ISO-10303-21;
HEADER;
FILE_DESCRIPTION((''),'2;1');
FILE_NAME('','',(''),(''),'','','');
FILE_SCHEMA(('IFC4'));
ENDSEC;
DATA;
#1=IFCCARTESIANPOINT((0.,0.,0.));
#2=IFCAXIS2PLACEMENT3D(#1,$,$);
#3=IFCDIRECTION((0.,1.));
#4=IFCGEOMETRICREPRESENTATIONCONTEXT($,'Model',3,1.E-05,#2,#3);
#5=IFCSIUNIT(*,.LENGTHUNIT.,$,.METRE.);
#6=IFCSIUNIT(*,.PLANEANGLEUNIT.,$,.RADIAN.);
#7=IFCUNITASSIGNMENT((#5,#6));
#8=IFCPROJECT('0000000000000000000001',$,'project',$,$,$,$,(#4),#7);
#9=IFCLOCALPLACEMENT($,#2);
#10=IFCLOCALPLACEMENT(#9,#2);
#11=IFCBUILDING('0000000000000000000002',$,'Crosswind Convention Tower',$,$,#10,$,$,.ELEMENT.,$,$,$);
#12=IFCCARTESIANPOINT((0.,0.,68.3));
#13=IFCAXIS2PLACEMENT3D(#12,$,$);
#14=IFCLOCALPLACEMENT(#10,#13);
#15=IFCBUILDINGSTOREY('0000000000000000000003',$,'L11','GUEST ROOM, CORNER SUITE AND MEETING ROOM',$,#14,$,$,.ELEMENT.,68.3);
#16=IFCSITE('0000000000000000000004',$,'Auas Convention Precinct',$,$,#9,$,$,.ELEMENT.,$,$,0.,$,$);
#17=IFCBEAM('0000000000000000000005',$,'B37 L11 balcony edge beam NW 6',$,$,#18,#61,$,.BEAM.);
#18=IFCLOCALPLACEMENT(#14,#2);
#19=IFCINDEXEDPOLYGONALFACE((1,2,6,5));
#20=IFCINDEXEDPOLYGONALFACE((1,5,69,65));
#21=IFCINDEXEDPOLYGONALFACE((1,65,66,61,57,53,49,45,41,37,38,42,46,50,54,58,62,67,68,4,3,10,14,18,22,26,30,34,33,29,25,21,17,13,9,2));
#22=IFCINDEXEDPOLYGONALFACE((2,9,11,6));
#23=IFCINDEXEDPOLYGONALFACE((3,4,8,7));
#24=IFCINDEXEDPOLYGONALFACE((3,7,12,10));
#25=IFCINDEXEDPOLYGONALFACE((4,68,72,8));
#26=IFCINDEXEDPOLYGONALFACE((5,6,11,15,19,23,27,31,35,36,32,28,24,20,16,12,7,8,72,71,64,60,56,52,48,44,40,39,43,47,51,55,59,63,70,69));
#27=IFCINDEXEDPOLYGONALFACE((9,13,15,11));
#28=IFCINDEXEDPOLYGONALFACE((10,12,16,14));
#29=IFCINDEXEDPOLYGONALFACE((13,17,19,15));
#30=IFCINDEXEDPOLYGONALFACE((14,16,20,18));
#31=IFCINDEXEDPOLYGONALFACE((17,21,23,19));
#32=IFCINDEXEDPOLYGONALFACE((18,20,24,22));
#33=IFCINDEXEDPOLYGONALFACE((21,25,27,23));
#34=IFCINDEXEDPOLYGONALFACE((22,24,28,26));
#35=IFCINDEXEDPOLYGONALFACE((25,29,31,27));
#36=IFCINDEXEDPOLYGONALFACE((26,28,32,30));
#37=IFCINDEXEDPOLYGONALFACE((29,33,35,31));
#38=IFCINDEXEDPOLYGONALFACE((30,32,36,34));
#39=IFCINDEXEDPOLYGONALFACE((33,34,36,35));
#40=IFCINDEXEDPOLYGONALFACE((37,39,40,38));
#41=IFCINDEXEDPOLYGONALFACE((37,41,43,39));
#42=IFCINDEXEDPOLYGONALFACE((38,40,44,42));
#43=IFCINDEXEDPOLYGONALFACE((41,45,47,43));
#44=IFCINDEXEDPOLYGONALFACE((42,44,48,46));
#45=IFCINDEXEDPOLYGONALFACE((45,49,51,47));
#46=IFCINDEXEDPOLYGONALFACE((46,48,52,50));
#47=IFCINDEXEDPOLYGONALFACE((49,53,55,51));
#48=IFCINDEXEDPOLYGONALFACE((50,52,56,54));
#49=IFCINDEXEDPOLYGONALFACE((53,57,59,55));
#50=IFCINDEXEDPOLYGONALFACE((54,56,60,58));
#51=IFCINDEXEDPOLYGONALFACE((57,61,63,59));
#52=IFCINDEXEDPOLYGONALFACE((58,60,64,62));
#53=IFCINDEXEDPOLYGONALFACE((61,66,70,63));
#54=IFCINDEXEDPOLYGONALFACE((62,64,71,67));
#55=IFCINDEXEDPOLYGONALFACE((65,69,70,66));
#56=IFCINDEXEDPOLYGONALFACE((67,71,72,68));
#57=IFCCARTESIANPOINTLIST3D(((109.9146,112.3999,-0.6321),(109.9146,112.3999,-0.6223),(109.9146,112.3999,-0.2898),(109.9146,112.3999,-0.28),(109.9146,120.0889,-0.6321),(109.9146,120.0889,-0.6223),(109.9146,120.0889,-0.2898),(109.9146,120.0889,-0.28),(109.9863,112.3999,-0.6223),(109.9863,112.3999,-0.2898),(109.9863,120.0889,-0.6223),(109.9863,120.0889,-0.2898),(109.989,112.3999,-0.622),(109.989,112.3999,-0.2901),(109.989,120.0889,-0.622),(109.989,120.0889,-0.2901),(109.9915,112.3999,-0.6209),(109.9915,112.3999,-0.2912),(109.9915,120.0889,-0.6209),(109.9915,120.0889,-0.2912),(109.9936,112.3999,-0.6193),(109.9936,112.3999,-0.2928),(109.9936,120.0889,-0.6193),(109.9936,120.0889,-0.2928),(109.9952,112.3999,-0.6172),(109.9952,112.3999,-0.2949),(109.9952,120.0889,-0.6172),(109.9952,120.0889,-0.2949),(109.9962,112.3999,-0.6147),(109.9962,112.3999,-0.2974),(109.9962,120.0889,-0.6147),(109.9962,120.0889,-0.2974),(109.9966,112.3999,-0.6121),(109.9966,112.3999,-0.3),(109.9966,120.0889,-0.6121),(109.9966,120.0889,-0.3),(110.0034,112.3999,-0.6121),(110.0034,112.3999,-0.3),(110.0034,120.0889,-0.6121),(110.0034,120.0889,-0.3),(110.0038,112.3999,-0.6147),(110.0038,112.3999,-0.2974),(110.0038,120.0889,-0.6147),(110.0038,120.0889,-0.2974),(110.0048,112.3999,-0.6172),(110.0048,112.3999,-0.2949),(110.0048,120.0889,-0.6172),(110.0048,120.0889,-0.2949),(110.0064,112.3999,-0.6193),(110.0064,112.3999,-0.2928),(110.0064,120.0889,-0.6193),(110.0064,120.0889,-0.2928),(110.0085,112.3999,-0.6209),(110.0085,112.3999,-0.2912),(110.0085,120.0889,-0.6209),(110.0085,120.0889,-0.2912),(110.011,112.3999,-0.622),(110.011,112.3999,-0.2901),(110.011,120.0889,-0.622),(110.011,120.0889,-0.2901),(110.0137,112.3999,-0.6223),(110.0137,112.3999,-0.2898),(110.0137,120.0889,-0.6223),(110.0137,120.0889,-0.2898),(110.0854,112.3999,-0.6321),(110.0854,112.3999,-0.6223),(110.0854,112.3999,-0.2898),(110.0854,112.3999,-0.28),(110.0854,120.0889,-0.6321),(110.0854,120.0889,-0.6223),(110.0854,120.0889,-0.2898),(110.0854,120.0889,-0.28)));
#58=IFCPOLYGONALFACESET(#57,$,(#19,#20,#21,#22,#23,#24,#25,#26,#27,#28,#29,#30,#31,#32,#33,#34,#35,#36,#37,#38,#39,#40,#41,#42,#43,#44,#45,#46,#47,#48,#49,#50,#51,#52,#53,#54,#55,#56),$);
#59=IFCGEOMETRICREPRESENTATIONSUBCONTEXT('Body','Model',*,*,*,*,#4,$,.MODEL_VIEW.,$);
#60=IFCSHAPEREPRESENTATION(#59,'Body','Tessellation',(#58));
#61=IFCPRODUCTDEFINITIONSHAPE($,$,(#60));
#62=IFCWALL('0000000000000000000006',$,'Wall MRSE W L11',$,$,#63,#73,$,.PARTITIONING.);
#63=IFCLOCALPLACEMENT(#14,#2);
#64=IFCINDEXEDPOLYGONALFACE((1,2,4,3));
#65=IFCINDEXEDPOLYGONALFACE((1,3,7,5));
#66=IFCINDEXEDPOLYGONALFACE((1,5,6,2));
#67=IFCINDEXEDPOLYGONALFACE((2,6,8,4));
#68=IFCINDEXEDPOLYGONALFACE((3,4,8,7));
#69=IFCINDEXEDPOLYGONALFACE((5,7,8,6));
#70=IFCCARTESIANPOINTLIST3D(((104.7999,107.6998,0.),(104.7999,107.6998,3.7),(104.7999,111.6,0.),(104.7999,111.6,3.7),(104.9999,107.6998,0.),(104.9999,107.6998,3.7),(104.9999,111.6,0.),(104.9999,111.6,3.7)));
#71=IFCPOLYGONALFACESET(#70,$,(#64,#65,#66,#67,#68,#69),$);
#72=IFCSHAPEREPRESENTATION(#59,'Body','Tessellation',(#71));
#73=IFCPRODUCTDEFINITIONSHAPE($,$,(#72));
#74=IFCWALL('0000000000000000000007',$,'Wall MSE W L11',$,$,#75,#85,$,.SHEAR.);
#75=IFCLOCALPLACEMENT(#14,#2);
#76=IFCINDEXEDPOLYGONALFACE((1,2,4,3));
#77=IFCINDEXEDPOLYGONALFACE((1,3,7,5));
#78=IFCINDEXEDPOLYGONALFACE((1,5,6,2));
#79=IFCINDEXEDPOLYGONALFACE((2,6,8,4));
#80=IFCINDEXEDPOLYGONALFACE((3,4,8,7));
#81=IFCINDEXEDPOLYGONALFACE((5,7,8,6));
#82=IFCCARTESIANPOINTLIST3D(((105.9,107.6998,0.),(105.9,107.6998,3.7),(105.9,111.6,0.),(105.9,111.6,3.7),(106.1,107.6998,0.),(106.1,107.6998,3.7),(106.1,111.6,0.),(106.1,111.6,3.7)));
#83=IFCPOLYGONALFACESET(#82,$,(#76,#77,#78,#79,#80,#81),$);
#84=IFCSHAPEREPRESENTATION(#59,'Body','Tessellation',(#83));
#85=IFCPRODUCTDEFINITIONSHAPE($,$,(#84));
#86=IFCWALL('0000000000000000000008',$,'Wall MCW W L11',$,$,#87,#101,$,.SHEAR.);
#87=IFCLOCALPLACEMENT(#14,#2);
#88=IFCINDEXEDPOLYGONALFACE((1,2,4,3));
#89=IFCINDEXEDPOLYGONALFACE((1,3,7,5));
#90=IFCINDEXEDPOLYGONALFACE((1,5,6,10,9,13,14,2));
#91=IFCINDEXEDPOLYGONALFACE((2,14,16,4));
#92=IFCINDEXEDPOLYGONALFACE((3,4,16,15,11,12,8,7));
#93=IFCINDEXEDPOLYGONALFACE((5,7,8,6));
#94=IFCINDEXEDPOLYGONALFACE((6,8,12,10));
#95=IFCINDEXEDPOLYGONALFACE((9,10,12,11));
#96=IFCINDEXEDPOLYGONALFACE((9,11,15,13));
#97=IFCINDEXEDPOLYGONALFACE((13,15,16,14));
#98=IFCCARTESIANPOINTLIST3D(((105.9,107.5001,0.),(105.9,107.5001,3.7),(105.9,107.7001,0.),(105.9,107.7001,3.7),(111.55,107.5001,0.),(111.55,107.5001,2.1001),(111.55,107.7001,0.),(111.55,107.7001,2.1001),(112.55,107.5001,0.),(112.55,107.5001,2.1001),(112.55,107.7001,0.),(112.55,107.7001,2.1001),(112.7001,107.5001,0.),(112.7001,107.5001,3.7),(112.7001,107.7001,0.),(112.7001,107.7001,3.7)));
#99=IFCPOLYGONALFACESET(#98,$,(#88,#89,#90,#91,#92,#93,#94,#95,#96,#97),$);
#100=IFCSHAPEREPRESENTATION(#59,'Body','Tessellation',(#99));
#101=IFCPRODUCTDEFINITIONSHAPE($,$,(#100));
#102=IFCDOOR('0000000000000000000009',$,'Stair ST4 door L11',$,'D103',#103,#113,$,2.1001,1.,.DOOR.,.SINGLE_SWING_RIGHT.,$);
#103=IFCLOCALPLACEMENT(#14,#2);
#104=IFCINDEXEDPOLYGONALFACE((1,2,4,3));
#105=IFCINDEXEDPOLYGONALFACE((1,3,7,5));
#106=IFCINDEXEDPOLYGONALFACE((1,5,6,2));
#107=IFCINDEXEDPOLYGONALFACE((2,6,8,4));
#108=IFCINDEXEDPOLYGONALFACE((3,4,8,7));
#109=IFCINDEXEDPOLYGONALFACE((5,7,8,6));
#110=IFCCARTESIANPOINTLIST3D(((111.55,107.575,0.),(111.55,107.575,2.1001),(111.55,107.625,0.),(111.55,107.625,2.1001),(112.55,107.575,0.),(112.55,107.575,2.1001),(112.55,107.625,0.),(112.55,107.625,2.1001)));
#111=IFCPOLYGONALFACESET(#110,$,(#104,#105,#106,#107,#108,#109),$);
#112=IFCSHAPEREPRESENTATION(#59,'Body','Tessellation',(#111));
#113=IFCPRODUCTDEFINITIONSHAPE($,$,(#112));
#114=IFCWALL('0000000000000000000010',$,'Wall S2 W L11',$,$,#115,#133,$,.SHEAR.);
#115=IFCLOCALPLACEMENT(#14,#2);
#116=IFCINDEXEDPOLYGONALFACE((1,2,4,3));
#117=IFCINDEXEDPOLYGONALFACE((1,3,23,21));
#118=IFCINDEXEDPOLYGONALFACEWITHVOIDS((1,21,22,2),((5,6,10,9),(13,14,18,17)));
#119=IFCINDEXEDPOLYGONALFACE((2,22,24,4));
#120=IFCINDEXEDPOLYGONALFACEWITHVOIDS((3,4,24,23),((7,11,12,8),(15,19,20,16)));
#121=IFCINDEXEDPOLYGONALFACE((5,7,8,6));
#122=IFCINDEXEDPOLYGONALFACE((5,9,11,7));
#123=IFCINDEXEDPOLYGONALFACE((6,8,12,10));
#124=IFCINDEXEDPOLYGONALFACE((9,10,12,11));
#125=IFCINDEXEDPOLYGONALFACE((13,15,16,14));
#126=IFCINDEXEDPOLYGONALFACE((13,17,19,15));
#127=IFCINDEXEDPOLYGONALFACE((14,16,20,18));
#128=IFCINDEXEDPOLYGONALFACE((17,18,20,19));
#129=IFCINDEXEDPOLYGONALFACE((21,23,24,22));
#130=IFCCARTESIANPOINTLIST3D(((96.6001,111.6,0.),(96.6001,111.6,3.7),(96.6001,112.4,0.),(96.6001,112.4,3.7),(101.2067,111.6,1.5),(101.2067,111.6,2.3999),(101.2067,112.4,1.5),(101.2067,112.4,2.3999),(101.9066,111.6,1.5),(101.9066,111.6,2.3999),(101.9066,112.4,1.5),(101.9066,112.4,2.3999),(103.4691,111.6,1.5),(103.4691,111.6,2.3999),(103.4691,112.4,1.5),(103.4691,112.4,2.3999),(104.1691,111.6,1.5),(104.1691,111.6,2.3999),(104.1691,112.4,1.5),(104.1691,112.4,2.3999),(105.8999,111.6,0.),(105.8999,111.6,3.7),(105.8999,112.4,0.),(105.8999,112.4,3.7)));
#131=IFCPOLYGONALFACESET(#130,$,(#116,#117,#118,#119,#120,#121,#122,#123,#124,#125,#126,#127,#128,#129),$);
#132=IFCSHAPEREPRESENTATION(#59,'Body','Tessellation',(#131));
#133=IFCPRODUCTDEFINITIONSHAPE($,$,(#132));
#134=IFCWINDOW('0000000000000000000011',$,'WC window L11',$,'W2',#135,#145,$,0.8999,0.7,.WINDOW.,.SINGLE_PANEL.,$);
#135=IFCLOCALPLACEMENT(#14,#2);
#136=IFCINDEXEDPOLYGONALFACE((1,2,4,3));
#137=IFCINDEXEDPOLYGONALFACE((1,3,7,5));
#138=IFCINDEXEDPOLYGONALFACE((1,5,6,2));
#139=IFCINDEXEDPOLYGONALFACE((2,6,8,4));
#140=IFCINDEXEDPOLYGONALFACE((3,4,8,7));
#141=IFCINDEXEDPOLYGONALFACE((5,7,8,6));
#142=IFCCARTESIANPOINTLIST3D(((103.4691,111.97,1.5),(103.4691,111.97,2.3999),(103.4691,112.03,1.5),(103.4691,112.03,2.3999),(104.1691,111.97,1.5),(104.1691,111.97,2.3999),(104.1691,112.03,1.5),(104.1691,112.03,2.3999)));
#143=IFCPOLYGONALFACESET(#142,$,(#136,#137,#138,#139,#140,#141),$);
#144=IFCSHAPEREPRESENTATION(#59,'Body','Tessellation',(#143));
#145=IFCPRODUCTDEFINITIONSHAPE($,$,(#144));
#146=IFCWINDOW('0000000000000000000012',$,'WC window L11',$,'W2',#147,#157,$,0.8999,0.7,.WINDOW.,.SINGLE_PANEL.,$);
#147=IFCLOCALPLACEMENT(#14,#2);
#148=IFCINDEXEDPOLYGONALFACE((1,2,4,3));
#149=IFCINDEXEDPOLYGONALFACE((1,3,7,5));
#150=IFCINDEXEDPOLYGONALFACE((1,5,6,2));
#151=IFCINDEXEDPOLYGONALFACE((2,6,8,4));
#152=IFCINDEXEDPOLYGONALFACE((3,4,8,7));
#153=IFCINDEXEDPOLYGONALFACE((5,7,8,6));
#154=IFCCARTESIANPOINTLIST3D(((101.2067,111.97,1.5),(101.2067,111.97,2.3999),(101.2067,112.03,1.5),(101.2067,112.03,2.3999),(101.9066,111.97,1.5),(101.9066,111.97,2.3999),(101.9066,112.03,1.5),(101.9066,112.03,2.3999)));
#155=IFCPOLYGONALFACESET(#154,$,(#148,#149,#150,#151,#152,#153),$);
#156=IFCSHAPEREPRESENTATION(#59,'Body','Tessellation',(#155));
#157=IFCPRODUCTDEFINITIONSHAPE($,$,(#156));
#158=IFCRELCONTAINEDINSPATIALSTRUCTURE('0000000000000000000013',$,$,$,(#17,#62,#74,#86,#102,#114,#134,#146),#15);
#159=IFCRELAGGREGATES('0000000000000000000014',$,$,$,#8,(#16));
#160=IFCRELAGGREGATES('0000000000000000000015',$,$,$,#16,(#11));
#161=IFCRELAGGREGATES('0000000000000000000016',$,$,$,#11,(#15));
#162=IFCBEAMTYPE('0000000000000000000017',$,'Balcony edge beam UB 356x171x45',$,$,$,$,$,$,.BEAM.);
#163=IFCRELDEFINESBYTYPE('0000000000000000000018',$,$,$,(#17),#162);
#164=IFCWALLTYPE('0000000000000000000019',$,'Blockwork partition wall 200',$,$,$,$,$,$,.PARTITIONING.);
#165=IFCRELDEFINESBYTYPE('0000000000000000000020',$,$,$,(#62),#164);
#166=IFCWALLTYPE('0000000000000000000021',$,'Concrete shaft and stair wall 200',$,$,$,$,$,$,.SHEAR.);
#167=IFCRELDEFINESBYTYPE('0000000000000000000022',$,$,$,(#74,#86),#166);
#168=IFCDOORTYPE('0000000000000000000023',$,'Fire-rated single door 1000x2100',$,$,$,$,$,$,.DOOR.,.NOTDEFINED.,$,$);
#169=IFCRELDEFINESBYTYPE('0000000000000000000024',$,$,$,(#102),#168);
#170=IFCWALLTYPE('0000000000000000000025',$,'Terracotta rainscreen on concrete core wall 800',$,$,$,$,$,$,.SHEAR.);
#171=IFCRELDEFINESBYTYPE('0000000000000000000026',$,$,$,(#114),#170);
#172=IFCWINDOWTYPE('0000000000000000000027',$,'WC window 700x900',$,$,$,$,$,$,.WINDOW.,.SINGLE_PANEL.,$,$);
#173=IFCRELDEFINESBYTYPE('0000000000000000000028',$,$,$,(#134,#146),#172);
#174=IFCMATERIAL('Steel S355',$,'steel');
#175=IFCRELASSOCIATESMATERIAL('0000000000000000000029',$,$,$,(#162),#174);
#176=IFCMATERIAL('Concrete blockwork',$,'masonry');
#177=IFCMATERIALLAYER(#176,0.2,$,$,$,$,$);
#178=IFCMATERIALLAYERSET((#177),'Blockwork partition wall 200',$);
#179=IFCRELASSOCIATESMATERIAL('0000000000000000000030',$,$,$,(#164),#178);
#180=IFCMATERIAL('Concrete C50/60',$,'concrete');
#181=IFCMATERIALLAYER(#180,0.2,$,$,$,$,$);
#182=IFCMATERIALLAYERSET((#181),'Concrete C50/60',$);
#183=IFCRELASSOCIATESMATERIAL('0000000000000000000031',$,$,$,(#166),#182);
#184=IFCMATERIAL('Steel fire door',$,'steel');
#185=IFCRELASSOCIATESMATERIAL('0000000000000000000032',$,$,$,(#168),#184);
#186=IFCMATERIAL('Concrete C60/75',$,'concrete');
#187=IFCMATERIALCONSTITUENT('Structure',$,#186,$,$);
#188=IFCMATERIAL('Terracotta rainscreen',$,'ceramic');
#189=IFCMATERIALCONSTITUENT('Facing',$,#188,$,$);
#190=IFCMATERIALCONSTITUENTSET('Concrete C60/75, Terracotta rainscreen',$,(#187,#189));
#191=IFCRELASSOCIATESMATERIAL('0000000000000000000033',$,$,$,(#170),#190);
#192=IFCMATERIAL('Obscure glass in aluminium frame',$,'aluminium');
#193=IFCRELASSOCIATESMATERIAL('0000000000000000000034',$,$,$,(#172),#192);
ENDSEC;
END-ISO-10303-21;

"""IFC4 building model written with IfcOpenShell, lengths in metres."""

from ifc_helpers import new_model, si_unit, direction, frame, frame_2d, origin, origin_2d, place, context, subcontext, project, spatial, rectangle, i_section, extrude, material, layer, layer_set, constituent, constituent_set, material_profile, profile_set, type_object, element, fill, save


model = new_model("IFC4")

# Units and contexts
model_context = context("Model", 3, precision=1e-05, world=origin(), true_north=direction((0.0, 1.0)))
body_context = subcontext(model_context, "Body", "Model", "MODEL_VIEW")
ifc_project = project(units=[si_unit("LENGTHUNIT", "METRE"), si_unit("PLANEANGLEUNIT", "RADIAN")], contexts=[model_context])

# Site, building, storey
site_placement = place(None, origin())
site = spatial("IfcSite", under=ifc_project, at=site_placement, Name="Auas Convention Precinct", CompositionType="ELEMENT", RefElevation=0.0)
building_placement = place(site_placement, origin())
building = spatial("IfcBuilding", under=site, at=building_placement, Name="Crosswind Convention Tower", CompositionType="ELEMENT")
storey_placement = place(building_placement, frame((0.0, 0.0, 68.3)))
storey = spatial("IfcBuildingStorey", under=building, at=storey_placement, Name="L11", Description="GUEST ROOM, CORNER SUITE AND MEETING ROOM", CompositionType="ELEMENT", Elevation=68.3)

# Beam
ifc_material_1 = material(Name="Steel S355", Category="steel")
ifc_material_profile = material_profile(ifc_material_1, i_section(OverallWidth=0.1709, OverallDepth=0.3521, WebThickness=0.0068, FlangeThickness=0.0098, FilletRadius=0.0103, at=origin_2d()), Name="UB 356x171x45")
ifc_profile_set = profile_set([ifc_material_profile], Name="Steel S355")
beam_type = type_object("IfcBeamType", Name="Balcony edge beam UB 356x171x45", PredefinedType="BEAM", material=ifc_profile_set)
beam_placement = place(storey_placement, frame((110.0, 112.3999, -0.4561), z_axis=(0.0, 1.0, 0.0), x_axis=(-1.0, 0.0, 0.0)))
element("IfcBeam", 1, at=beam_placement, inside=storey, type_object=beam_type, Name="B37 L11 balcony edge beam NW 6", PredefinedType="BEAM", context=body_context, shape_type="SweptSolid", body=[
    extrude(i_section(OverallWidth=0.1709, OverallDepth=0.3521, WebThickness=0.0068, FlangeThickness=0.0098, FilletRadius=0.0103, at=origin_2d()), origin(), (0.0, 0.0, 1.0), 7.689),
])

# Walls
ifc_material_2 = material(Name="Concrete blockwork", Category="masonry")
ifc_layer_1 = layer(ifc_material_2, 0.2)
ifc_layer_set_1 = layer_set([ifc_layer_1], Name="Blockwork partition wall 200")
wall_type_1 = type_object("IfcWallType", Name="Blockwork partition wall 200", PredefinedType="PARTITIONING", material=ifc_layer_set_1)
wall_1_placement = place(storey_placement, frame((104.8999, 111.6001, 0.0), z_axis=(0.0, 0.0, 1.0), x_axis=(0.0, -1.0, 0.0)))
element("IfcWall", 2, at=wall_1_placement, inside=storey, type_object=wall_type_1, Name="Wall MRSE W L11", PredefinedType="PARTITIONING", context=body_context, shape_type="SweptSolid", body=[
    extrude(rectangle(XDim=3.9001, YDim=0.2, at=frame_2d((1.9502, 0.0))), origin(), (0.0, 0.0, 1.0), 3.7),
])
ifc_material_3 = material(Name="Concrete C50/60", Category="concrete")
ifc_layer_2 = layer(ifc_material_3, 0.2)
ifc_layer_set_2 = layer_set([ifc_layer_2], Name="Concrete C50/60")
wall_type_2 = type_object("IfcWallType", Name="Concrete shaft and stair wall 200", PredefinedType="SHEAR", material=ifc_layer_set_2)
wall_2_placement = place(storey_placement, frame((106.0, 111.6001, 0.0), z_axis=(0.0, 0.0, 1.0), x_axis=(0.0, -1.0, 0.0)))
element("IfcWall", 3, at=wall_2_placement, inside=storey, type_object=wall_type_2, Name="Wall MSE W L11", PredefinedType="SHEAR", context=body_context, shape_type="SweptSolid", body=[
    extrude(rectangle(XDim=3.9001, YDim=0.2, at=frame_2d((1.9502, 0.0))), origin(), (0.0, 0.0, 1.0), 3.7),
])

# Wall, opening, door
wall_3_placement = place(storey_placement, frame((112.7, 107.6001, 0.0), z_axis=(0.0, 0.0, 1.0), x_axis=(-1.0, 0.0, 0.0)))
wall_3 = element("IfcWall", 4, at=wall_3_placement, inside=storey, type_object=wall_type_2, Name="Wall MCW W L11", PredefinedType="SHEAR", context=body_context, shape_type="SweptSolid", body=[
    extrude(rectangle(XDim=6.8, YDim=0.2, at=frame_2d((3.3999, 0.0))), origin(), (0.0, 0.0, 1.0), 3.7),
])
opening_1_placement = place(wall_3_placement, frame((0.1499, 0.0, 0.0)))
opening_1 = element("IfcOpeningElement", 5, at=opening_1_placement, cuts=wall_3, PredefinedType="OPENING", context=body_context, shape_type="SweptSolid", body=[
    extrude(rectangle(XDim=1.0, YDim=2.1001, at=frame_2d((0.5, 1.05))), frame((0.0, 0.1099, 0.0), z_axis=(0.0, -1.0, 0.0), x_axis=(1.0, 0.0, 0.0)), (0.0, 0.0, 1.0), 0.22),
])
ifc_material_4 = material(Name="Steel fire door", Category="steel")
door_type = type_object("IfcDoorType", Name="Fire-rated single door 1000x2100", OperationType="NOTDEFINED", PredefinedType="DOOR", material=ifc_material_4)
door_placement = place(opening_1_placement, frame((1.0, 0.0, 0.0), z_axis=(0.0, 0.0, 1.0), x_axis=(-1.0, 0.0, 0.0)))
door = element("IfcDoor", 6, at=door_placement, inside=storey, type_object=door_type, Name="Stair ST4 door L11", ObjectType="D103", OperationType="SINGLE_SWING_RIGHT", OverallHeight=2.1001, OverallWidth=1.0, PredefinedType="DOOR", context=body_context, shape_type="SweptSolid", body=[
    extrude(rectangle(XDim=1.0, YDim=2.1001, at=frame_2d((0.5, 1.05))), frame((0.0, 0.0249, 0.0), z_axis=(0.0, -1.0, 0.0), x_axis=(1.0, 0.0, 0.0)), (0.0, 0.0, 1.0), 0.05),
])
fill(opening_1, door)

# Wall, openings, windows
ifc_material_5 = material(Name="Concrete C60/75", Category="concrete")
ifc_constituent_1 = constituent(ifc_material_5, Name="Structure")
ifc_material_6 = material(Name="Terracotta rainscreen", Category="ceramic")
ifc_constituent_2 = constituent(ifc_material_6, Name="Facing")
ifc_constituent_set = constituent_set(constituents=[ifc_constituent_1, ifc_constituent_2], Name="Concrete C60/75, Terracotta rainscreen")
wall_type_3 = type_object("IfcWallType", Name="Terracotta rainscreen on concrete core wall 800", PredefinedType="SHEAR", material=ifc_constituent_set)
wall_4_placement = place(storey_placement, frame((105.8999, 112.0, 0.0), z_axis=(0.0, 0.0, 1.0), x_axis=(-1.0, 0.0, 0.0)))
wall_4 = element("IfcWall", 7, at=wall_4_placement, inside=storey, type_object=wall_type_3, Name="Wall S2 W L11", PredefinedType="SHEAR", context=body_context, shape_type="SweptSolid", body=[
    extrude(rectangle(XDim=9.2998, YDim=0.8, at=frame_2d((4.6499, 0.0))), origin(), (0.0, 0.0, 1.0), 3.7),
])
opening_2_placement = place(wall_4_placement, frame((1.7307, 0.0, 1.5)))
opening_2 = element("IfcOpeningElement", 8, at=opening_2_placement, cuts=wall_4, PredefinedType="OPENING", context=body_context, shape_type="SweptSolid", body=[
    extrude(rectangle(XDim=0.7, YDim=0.8999, at=frame_2d((0.3501, 0.45))), frame((0.0, 0.4099, 0.0), z_axis=(0.0, -1.0, 0.0), x_axis=(1.0, 0.0, 0.0)), (0.0, 0.0, 1.0), 0.8201),
])
opening_3_placement = place(wall_4_placement, frame((3.9932, 0.0, 1.5)))
opening_3 = element("IfcOpeningElement", 9, at=opening_3_placement, cuts=wall_4, PredefinedType="OPENING", context=body_context, shape_type="SweptSolid", body=[
    extrude(rectangle(XDim=0.7, YDim=0.8999, at=frame_2d((0.3501, 0.45))), frame((0.0, 0.4099, 0.0), z_axis=(0.0, -1.0, 0.0), x_axis=(1.0, 0.0, 0.0)), (0.0, 0.0, 1.0), 0.8201),
])
ifc_material_7 = material(Name="Obscure glass in aluminium frame", Category="aluminium")
window_type = type_object("IfcWindowType", Name="WC window 700x900", PartitioningType="SINGLE_PANEL", PredefinedType="WINDOW", material=ifc_material_7)
window_1_placement = place(opening_2_placement, origin())
window_1 = element("IfcWindow", 10, at=window_1_placement, inside=storey, type_object=window_type, Name="WC window L11", ObjectType="W2", OverallHeight=0.8999, OverallWidth=0.7, PartitioningType="SINGLE_PANEL", PredefinedType="WINDOW", context=body_context, shape_type="SweptSolid", body=[
    extrude(rectangle(XDim=0.7, YDim=0.8999, at=frame_2d((0.3501, 0.45))), frame((0.0, 0.03, 0.0), z_axis=(0.0, -1.0, 0.0), x_axis=(1.0, 0.0, 0.0)), (0.0, 0.0, 1.0), 0.0601),
])
fill(opening_2, window_1)
window_2_placement = place(opening_3_placement, origin())
window_2 = element("IfcWindow", 11, at=window_2_placement, inside=storey, type_object=window_type, Name="WC window L11", ObjectType="W2", OverallHeight=0.8999, OverallWidth=0.7, PartitioningType="SINGLE_PANEL", PredefinedType="WINDOW", context=body_context, shape_type="SweptSolid", body=[
    extrude(rectangle(XDim=0.7, YDim=0.8999, at=frame_2d((0.3501, 0.45))), frame((0.0, 0.03, 0.0), z_axis=(0.0, -1.0, 0.0), x_axis=(1.0, 0.0, 0.0)), (0.0, 0.0, 1.0), 0.0601),
])
fill(opening_3, window_2)

save(model, "model.ifc")
